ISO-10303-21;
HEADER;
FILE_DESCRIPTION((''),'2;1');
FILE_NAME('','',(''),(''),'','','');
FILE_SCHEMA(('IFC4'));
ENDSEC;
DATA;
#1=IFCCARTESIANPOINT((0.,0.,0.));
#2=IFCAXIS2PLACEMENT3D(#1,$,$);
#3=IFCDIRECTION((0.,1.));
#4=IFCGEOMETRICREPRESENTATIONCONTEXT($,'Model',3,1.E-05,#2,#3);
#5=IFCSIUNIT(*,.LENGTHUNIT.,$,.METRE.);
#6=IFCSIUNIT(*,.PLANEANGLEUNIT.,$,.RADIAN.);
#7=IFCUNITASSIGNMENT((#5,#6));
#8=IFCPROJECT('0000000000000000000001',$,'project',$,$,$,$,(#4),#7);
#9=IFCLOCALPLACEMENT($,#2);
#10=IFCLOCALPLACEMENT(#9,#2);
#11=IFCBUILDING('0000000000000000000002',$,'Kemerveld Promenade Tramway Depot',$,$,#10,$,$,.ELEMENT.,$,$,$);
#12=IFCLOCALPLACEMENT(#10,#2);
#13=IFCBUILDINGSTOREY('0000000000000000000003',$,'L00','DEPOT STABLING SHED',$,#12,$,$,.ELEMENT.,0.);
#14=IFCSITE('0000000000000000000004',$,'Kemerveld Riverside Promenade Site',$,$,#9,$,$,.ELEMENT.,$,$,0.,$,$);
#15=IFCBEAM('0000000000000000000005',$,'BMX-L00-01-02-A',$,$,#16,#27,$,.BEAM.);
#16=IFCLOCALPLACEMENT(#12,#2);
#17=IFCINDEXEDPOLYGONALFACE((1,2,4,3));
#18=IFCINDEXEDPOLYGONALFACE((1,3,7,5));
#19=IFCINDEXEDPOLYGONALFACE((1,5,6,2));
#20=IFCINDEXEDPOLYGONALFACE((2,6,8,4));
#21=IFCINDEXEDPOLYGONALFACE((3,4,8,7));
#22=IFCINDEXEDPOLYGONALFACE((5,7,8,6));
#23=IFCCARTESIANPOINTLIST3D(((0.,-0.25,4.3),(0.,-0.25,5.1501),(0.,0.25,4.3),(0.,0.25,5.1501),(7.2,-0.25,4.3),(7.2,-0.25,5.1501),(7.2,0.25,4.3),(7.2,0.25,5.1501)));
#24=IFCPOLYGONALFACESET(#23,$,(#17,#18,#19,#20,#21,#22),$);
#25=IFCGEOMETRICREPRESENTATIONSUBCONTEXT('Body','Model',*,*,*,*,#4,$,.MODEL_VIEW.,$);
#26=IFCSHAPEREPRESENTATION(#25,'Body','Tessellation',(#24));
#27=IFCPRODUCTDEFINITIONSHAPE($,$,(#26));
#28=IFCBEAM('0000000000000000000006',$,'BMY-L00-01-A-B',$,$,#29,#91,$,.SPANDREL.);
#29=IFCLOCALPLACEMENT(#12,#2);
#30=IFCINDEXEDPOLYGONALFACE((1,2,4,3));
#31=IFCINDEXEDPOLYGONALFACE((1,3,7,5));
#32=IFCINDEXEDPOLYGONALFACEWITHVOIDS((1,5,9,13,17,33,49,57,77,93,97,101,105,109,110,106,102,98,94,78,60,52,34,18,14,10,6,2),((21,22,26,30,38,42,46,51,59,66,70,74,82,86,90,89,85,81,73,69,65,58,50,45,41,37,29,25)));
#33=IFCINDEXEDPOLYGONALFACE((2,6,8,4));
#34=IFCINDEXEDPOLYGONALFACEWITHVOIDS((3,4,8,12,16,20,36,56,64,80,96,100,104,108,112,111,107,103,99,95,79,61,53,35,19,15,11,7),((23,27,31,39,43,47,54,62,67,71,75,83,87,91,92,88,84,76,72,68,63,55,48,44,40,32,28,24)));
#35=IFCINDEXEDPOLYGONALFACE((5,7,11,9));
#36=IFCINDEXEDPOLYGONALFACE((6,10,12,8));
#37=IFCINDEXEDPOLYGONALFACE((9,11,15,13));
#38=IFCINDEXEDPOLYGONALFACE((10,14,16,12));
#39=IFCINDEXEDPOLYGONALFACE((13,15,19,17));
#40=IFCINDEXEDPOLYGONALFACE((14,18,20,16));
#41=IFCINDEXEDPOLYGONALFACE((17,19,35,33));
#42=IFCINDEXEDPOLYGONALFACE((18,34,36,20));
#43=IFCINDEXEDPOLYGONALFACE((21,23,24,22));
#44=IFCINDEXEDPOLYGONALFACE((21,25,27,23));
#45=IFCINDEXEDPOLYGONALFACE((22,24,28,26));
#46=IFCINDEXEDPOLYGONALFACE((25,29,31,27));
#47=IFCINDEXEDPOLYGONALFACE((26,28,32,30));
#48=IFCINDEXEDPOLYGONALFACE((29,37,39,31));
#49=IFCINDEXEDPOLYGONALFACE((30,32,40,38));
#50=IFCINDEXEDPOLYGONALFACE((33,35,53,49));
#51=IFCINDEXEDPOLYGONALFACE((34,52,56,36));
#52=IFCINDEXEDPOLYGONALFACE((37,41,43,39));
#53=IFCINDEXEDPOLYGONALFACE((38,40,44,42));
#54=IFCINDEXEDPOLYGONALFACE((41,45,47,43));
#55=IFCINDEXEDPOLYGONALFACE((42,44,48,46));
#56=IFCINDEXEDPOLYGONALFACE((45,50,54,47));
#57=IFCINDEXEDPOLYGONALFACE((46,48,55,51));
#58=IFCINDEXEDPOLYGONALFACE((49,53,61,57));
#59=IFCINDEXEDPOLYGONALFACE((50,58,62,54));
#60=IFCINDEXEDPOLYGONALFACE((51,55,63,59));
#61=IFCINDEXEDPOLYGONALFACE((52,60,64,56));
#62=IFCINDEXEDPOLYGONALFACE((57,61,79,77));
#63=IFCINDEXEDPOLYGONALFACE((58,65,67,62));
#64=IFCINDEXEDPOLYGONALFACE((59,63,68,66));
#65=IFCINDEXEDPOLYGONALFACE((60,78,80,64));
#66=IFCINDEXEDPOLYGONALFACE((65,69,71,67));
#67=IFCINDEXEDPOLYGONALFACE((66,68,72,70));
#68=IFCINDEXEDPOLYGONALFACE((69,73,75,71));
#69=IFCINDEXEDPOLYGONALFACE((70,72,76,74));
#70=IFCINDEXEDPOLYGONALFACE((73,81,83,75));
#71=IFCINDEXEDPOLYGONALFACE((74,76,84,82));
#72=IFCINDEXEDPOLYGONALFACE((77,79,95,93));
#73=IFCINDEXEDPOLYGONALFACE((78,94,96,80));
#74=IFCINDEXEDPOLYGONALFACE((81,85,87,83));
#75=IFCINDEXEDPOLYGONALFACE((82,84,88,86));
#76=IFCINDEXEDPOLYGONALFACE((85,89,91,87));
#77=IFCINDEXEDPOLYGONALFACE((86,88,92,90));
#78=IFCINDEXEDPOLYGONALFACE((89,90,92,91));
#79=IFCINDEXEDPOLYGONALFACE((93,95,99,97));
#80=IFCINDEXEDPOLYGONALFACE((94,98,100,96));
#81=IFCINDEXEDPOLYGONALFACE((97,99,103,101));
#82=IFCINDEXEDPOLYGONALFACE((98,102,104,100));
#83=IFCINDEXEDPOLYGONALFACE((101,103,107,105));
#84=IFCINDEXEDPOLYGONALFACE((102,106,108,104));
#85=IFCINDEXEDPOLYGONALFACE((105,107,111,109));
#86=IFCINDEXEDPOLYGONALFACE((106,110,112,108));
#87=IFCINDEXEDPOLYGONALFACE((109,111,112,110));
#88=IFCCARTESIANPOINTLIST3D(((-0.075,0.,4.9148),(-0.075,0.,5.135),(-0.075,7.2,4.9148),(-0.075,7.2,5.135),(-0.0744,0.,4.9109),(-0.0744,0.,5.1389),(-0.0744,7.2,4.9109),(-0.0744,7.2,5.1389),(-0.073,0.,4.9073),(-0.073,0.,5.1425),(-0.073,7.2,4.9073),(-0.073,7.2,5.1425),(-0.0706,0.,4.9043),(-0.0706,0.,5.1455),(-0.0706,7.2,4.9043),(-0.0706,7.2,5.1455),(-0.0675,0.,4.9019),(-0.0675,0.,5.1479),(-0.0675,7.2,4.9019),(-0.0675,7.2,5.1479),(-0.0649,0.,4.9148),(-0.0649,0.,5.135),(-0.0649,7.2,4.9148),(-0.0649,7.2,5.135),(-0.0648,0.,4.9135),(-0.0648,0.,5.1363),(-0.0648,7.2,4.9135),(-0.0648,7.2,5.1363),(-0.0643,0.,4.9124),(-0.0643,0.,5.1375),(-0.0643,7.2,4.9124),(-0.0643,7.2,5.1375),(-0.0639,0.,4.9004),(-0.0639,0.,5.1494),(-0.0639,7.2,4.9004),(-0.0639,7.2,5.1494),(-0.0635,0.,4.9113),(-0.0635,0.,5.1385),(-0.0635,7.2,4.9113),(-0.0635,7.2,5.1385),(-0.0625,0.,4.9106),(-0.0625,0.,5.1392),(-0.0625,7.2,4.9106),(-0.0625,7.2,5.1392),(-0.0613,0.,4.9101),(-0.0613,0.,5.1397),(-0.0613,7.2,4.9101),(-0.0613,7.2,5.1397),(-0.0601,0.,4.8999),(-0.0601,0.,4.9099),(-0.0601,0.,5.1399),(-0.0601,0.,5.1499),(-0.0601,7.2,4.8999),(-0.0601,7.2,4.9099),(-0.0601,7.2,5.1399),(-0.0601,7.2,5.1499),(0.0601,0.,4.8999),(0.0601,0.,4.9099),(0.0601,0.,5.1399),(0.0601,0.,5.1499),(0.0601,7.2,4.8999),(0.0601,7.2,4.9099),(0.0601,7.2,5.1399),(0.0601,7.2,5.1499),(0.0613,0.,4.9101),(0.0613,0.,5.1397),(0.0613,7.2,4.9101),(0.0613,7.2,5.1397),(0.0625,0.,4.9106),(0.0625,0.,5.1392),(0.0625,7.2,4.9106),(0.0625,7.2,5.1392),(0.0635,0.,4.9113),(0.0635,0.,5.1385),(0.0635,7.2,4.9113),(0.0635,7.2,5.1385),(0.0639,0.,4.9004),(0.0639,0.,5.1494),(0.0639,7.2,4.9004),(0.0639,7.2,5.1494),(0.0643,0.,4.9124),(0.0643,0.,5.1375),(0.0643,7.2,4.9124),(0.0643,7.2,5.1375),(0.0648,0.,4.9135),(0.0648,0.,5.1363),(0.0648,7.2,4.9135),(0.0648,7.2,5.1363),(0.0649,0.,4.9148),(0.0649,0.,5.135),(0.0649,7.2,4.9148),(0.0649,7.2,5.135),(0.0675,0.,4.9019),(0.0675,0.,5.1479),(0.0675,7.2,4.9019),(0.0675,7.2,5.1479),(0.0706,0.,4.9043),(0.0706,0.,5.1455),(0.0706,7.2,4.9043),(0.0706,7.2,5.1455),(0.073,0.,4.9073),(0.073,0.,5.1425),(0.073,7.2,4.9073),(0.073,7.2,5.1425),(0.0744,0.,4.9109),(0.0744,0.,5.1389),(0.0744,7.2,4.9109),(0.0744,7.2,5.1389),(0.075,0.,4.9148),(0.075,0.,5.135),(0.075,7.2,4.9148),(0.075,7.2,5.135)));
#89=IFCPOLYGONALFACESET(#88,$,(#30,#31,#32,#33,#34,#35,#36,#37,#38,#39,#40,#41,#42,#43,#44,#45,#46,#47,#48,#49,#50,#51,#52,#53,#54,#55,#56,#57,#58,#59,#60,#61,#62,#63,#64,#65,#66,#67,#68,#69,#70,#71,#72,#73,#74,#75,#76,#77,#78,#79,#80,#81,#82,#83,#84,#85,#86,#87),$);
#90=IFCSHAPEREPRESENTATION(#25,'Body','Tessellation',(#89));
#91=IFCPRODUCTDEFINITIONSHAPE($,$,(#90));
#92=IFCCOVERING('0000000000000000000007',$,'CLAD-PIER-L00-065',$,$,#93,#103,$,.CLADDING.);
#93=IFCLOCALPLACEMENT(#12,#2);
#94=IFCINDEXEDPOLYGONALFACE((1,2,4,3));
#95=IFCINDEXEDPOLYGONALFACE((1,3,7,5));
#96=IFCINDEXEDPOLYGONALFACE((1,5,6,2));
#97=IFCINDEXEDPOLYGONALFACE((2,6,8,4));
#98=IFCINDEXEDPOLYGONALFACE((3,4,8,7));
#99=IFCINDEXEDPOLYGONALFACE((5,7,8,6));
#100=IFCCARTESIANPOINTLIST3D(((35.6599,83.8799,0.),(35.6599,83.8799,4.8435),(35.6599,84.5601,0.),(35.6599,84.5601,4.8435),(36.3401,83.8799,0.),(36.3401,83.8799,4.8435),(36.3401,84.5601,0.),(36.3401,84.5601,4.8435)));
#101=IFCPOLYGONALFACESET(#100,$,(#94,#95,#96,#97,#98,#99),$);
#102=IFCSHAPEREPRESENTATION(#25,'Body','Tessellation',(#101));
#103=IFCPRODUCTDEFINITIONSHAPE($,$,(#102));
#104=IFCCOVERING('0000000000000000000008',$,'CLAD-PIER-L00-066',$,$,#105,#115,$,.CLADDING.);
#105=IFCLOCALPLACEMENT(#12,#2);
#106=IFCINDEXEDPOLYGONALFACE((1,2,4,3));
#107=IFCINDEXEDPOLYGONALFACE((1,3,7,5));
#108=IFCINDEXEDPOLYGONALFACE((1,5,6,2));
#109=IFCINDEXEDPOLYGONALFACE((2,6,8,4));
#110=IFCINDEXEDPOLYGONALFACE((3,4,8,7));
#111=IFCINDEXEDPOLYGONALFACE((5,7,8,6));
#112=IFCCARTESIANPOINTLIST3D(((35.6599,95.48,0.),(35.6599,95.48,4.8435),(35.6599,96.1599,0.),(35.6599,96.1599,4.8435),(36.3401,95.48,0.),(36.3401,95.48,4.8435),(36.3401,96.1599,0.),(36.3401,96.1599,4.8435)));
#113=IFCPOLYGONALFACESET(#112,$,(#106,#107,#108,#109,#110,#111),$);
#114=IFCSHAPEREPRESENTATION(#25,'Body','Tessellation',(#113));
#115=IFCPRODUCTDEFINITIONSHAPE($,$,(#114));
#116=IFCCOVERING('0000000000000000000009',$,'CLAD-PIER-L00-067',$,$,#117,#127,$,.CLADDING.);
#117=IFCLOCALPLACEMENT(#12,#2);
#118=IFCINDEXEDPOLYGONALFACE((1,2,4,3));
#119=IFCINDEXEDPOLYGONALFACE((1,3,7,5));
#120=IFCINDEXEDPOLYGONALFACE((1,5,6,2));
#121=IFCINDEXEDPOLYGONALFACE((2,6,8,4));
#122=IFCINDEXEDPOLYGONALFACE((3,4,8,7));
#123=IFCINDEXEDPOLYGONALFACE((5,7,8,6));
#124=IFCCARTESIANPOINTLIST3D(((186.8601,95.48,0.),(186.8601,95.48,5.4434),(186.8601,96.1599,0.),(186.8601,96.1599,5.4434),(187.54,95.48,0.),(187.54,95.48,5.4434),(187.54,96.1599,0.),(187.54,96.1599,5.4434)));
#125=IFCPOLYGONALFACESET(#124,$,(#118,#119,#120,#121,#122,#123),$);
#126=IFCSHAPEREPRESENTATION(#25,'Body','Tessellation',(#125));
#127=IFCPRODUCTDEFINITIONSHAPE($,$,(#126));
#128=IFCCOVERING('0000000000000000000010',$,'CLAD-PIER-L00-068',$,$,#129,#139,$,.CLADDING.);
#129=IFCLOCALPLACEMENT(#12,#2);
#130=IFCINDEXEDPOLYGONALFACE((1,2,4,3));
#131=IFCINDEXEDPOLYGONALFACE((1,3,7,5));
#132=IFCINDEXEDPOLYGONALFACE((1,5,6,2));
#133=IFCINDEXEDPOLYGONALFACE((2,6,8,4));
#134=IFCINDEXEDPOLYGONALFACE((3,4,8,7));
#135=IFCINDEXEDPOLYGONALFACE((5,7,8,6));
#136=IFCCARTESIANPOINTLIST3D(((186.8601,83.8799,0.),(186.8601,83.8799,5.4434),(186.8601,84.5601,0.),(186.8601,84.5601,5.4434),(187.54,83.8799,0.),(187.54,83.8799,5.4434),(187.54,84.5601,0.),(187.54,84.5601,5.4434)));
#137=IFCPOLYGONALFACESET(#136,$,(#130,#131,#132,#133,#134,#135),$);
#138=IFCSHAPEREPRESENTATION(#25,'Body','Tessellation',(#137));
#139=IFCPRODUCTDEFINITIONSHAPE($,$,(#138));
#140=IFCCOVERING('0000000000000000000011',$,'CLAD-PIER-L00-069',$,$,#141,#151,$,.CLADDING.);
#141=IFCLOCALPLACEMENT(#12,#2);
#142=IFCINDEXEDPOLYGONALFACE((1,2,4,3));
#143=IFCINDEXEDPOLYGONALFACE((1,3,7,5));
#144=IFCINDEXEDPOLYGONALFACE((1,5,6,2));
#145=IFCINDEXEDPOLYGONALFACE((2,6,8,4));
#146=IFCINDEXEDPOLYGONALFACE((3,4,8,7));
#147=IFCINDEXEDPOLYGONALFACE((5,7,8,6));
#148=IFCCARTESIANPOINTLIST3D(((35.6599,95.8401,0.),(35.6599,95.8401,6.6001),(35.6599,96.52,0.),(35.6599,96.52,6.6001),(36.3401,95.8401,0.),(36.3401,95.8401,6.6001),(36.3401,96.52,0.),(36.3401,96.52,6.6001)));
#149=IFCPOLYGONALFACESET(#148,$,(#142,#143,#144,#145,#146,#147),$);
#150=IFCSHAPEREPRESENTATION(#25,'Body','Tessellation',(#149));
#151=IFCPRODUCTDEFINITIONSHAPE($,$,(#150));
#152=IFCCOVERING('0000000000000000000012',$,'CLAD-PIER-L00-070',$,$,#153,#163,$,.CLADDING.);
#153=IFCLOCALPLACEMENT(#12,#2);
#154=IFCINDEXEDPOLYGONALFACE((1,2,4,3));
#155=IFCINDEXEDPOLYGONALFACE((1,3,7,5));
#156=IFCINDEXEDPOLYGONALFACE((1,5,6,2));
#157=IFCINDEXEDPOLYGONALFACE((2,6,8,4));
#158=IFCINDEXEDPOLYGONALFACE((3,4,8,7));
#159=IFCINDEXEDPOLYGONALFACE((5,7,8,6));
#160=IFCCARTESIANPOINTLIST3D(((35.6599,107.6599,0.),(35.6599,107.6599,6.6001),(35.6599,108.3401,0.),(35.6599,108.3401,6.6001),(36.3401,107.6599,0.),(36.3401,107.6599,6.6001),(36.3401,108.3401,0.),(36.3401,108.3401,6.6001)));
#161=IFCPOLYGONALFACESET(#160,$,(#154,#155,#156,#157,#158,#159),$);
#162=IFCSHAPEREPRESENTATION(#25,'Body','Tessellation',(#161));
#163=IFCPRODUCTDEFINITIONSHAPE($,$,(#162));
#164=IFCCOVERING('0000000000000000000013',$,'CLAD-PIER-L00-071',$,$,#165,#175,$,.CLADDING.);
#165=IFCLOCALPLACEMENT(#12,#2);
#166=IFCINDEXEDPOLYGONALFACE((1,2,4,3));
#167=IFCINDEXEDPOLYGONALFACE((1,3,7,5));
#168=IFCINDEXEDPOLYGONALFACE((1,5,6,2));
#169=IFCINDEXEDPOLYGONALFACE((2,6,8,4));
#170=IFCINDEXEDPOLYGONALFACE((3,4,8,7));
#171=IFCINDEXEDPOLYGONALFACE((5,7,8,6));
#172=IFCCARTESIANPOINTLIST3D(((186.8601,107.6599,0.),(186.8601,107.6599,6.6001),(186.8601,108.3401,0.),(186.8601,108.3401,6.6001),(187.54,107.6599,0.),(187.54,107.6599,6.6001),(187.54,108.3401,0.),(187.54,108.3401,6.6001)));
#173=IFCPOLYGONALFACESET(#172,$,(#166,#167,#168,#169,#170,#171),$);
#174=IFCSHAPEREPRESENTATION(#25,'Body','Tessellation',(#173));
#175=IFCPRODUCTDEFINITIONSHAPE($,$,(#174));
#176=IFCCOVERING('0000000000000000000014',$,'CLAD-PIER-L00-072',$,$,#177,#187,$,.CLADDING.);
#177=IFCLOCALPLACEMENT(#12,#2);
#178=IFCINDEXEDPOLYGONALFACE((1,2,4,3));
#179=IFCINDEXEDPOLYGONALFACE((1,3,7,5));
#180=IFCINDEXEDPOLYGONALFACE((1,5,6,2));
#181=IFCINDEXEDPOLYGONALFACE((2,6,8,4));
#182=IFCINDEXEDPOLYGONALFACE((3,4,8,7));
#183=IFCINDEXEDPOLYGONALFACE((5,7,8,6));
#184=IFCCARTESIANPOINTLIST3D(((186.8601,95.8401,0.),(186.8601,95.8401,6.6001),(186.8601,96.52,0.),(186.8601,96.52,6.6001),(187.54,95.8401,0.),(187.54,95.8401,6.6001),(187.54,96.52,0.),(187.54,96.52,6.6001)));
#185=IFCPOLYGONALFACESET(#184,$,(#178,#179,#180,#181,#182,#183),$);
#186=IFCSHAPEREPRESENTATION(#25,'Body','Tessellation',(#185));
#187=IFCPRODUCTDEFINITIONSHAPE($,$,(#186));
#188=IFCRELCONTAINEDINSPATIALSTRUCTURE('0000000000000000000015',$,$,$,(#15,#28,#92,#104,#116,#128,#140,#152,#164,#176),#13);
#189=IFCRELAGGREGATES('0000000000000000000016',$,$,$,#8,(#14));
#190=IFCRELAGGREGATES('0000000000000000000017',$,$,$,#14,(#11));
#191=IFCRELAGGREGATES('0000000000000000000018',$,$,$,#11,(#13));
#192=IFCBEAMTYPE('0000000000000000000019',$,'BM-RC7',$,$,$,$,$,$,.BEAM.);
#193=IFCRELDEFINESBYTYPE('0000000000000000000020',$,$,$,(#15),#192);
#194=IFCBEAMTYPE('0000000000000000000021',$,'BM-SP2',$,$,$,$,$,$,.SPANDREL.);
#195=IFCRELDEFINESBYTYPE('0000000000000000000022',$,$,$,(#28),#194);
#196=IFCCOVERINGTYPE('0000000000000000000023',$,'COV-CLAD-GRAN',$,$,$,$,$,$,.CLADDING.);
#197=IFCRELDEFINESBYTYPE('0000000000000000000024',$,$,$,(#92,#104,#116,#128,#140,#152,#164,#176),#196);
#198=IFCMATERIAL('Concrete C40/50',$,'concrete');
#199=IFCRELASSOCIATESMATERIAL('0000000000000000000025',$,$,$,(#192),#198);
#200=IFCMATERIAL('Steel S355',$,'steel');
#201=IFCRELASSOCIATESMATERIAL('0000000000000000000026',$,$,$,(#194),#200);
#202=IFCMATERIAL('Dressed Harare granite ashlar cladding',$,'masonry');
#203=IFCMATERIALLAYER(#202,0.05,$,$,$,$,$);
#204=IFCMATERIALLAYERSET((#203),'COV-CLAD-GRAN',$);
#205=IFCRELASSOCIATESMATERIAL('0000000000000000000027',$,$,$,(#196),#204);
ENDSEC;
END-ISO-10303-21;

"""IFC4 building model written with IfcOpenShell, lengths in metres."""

from ifc_helpers import new_model, si_unit, direction, frame, origin, origin_2d, place, context, subcontext, project, spatial, polyline, rectangle, hollow_rectangle, outline, extrude, material, layer, layer_set, material_profile, profile_set, type_object, element, save


model = new_model("IFC4")

# Units and contexts
model_context = context("Model", 3, precision=1e-05, world=origin(), true_north=direction((0.0, 1.0)))
body_context = subcontext(model_context, "Body", "Model", "MODEL_VIEW")
ifc_project = project(units=[si_unit("LENGTHUNIT", "METRE"), si_unit("PLANEANGLEUNIT", "RADIAN")], contexts=[model_context])

# Site, building, storey
site_placement = place(None, origin())
site = spatial("IfcSite", under=ifc_project, at=site_placement, Name="Kemerveld Riverside Promenade Site", CompositionType="ELEMENT", RefElevation=0.0)
building_placement = place(site_placement, origin())
building = spatial("IfcBuilding", under=site, at=building_placement, Name="Kemerveld Promenade Tramway Depot", CompositionType="ELEMENT")
storey_placement = place(building_placement, origin())
storey = spatial("IfcBuildingStorey", under=building, at=storey_placement, Name="L00", Description="DEPOT STABLING SHED", CompositionType="ELEMENT", Elevation=0.0)

# Beams
ifc_material_1 = material(Name="Concrete C40/50", Category="concrete")
ifc_material_profile_1 = material_profile(ifc_material_1, rectangle(XDim=0.5, YDim=0.8501, at=origin_2d()), Name="RC-BM-500x850")
ifc_profile_set_1 = profile_set([ifc_material_profile_1], Name="Concrete C40/50")
beam_type_1 = type_object("IfcBeamType", Name="BM-RC7", PredefinedType="BEAM", material=ifc_profile_set_1)
beam_1_placement = place(storey_placement, frame((0.0, 0.0, 4.7251), z_axis=(1.0, 0.0, 0.0), x_axis=(0.0, 1.0, 0.0)))
element("IfcBeam", 1, at=beam_1_placement, inside=storey, type_object=beam_type_1, Name="BMX-L00-01-02-A", PredefinedType="BEAM", context=body_context, shape_type="SweptSolid", body=[
    extrude(rectangle(XDim=0.5, YDim=0.8501, at=origin_2d()), origin(), (0.0, 0.0, 1.0), 7.2),
])
ifc_material_2 = material(Name="Steel S355", Category="steel")
ifc_material_profile_2 = material_profile(ifc_material_2, hollow_rectangle(XDim=0.1499, YDim=0.25, WallThickness=0.01, InnerFilletRadius=0.0049, OuterFilletRadius=0.0149, at=origin_2d()), Name="250x150x10.0 RHS")
ifc_profile_set_2 = profile_set([ifc_material_profile_2], Name="Steel S355")
beam_type_2 = type_object("IfcBeamType", Name="BM-SP2", PredefinedType="SPANDREL", material=ifc_profile_set_2)
beam_2_placement = place(storey_placement, frame((0.0, 0.0, 5.0249), z_axis=(0.0, 1.0, 0.0), x_axis=(-1.0, 0.0, 0.0)))
element("IfcBeam", 2, at=beam_2_placement, inside=storey, type_object=beam_type_2, Name="BMY-L00-01-A-B", PredefinedType="SPANDREL", context=body_context, shape_type="SweptSolid", body=[
    extrude(hollow_rectangle(XDim=0.1499, YDim=0.25, WallThickness=0.01, InnerFilletRadius=0.0049, OuterFilletRadius=0.0149, at=origin_2d()), origin(), (0.0, 0.0, 1.0), 7.2),
])

# Coverings
ifc_material_3 = material(Name="Dressed Harare granite ashlar cladding", Category="masonry")
ifc_layer = layer(ifc_material_3, 0.05)
ifc_layer_set = layer_set([ifc_layer], Name="COV-CLAD-GRAN")
covering_type = type_object("IfcCoveringType", Name="COV-CLAD-GRAN", PredefinedType="CLADDING", material=ifc_layer_set)
covering_1_placement = place(storey_placement, origin())
element("IfcCovering", 3, at=covering_1_placement, inside=storey, type_object=covering_type, Name="CLAD-PIER-L00-065", PredefinedType="CLADDING", context=body_context, shape_type="SweptSolid", body=[
    extrude(outline(polyline([(35.6599, 83.8799), (36.3401, 83.8799), (36.3401, 84.5601), (35.6599, 84.5601), (35.6599, 83.8799)])), origin(), (0.0, 0.0, 1.0), 4.8435),
])
covering_2_placement = place(storey_placement, origin())
element("IfcCovering", 4, at=covering_2_placement, inside=storey, type_object=covering_type, Name="CLAD-PIER-L00-066", PredefinedType="CLADDING", context=body_context, shape_type="SweptSolid", body=[
    extrude(outline(polyline([(35.6599, 95.48), (36.3401, 95.48), (36.3401, 96.1599), (35.6599, 96.1599), (35.6599, 95.48)])), origin(), (0.0, 0.0, 1.0), 4.8435),
])
covering_3_placement = place(storey_placement, origin())
element("IfcCovering", 5, at=covering_3_placement, inside=storey, type_object=covering_type, Name="CLAD-PIER-L00-067", PredefinedType="CLADDING", context=body_context, shape_type="SweptSolid", body=[
    extrude(outline(polyline([(186.8601, 95.48), (187.54, 95.48), (187.54, 96.1599), (186.8601, 96.1599), (186.8601, 95.48)])), origin(), (0.0, 0.0, 1.0), 5.4434),
])
covering_4_placement = place(storey_placement, origin())
element("IfcCovering", 6, at=covering_4_placement, inside=storey, type_object=covering_type, Name="CLAD-PIER-L00-068", PredefinedType="CLADDING", context=body_context, shape_type="SweptSolid", body=[
    extrude(outline(polyline([(186.8601, 83.8799), (187.54, 83.8799), (187.54, 84.5601), (186.8601, 84.5601), (186.8601, 83.8799)])), origin(), (0.0, 0.0, 1.0), 5.4434),
])
covering_5_placement = place(storey_placement, origin())
element("IfcCovering", 7, at=covering_5_placement, inside=storey, type_object=covering_type, Name="CLAD-PIER-L00-069", PredefinedType="CLADDING", context=body_context, shape_type="SweptSolid", body=[
    extrude(outline(polyline([(35.6599, 95.8401), (36.3401, 95.8401), (36.3401, 96.52), (35.6599, 96.52), (35.6599, 95.8401)])), origin(), (0.0, 0.0, 1.0), 6.6001),
])
covering_6_placement = place(storey_placement, origin())
element("IfcCovering", 8, at=covering_6_placement, inside=storey, type_object=covering_type, Name="CLAD-PIER-L00-070", PredefinedType="CLADDING", context=body_context, shape_type="SweptSolid", body=[
    extrude(outline(polyline([(35.6599, 107.6599), (36.3401, 107.6599), (36.3401, 108.3401), (35.6599, 108.3401), (35.6599, 107.6599)])), origin(), (0.0, 0.0, 1.0), 6.6001),
])
covering_7_placement = place(storey_placement, origin())
element("IfcCovering", 9, at=covering_7_placement, inside=storey, type_object=covering_type, Name="CLAD-PIER-L00-071", PredefinedType="CLADDING", context=body_context, shape_type="SweptSolid", body=[
    extrude(outline(polyline([(186.8601, 107.6599), (187.54, 107.6599), (187.54, 108.3401), (186.8601, 108.3401), (186.8601, 107.6599)])), origin(), (0.0, 0.0, 1.0), 6.6001),
])
covering_8_placement = place(storey_placement, origin())
element("IfcCovering", 10, at=covering_8_placement, inside=storey, type_object=covering_type, Name="CLAD-PIER-L00-072", PredefinedType="CLADDING", context=body_context, shape_type="SweptSolid", body=[
    extrude(outline(polyline([(186.8601, 95.8401), (187.54, 95.8401), (187.54, 96.52), (186.8601, 96.52), (186.8601, 95.8401)])), origin(), (0.0, 0.0, 1.0), 6.6001),
])

save(model, "model.ifc")
